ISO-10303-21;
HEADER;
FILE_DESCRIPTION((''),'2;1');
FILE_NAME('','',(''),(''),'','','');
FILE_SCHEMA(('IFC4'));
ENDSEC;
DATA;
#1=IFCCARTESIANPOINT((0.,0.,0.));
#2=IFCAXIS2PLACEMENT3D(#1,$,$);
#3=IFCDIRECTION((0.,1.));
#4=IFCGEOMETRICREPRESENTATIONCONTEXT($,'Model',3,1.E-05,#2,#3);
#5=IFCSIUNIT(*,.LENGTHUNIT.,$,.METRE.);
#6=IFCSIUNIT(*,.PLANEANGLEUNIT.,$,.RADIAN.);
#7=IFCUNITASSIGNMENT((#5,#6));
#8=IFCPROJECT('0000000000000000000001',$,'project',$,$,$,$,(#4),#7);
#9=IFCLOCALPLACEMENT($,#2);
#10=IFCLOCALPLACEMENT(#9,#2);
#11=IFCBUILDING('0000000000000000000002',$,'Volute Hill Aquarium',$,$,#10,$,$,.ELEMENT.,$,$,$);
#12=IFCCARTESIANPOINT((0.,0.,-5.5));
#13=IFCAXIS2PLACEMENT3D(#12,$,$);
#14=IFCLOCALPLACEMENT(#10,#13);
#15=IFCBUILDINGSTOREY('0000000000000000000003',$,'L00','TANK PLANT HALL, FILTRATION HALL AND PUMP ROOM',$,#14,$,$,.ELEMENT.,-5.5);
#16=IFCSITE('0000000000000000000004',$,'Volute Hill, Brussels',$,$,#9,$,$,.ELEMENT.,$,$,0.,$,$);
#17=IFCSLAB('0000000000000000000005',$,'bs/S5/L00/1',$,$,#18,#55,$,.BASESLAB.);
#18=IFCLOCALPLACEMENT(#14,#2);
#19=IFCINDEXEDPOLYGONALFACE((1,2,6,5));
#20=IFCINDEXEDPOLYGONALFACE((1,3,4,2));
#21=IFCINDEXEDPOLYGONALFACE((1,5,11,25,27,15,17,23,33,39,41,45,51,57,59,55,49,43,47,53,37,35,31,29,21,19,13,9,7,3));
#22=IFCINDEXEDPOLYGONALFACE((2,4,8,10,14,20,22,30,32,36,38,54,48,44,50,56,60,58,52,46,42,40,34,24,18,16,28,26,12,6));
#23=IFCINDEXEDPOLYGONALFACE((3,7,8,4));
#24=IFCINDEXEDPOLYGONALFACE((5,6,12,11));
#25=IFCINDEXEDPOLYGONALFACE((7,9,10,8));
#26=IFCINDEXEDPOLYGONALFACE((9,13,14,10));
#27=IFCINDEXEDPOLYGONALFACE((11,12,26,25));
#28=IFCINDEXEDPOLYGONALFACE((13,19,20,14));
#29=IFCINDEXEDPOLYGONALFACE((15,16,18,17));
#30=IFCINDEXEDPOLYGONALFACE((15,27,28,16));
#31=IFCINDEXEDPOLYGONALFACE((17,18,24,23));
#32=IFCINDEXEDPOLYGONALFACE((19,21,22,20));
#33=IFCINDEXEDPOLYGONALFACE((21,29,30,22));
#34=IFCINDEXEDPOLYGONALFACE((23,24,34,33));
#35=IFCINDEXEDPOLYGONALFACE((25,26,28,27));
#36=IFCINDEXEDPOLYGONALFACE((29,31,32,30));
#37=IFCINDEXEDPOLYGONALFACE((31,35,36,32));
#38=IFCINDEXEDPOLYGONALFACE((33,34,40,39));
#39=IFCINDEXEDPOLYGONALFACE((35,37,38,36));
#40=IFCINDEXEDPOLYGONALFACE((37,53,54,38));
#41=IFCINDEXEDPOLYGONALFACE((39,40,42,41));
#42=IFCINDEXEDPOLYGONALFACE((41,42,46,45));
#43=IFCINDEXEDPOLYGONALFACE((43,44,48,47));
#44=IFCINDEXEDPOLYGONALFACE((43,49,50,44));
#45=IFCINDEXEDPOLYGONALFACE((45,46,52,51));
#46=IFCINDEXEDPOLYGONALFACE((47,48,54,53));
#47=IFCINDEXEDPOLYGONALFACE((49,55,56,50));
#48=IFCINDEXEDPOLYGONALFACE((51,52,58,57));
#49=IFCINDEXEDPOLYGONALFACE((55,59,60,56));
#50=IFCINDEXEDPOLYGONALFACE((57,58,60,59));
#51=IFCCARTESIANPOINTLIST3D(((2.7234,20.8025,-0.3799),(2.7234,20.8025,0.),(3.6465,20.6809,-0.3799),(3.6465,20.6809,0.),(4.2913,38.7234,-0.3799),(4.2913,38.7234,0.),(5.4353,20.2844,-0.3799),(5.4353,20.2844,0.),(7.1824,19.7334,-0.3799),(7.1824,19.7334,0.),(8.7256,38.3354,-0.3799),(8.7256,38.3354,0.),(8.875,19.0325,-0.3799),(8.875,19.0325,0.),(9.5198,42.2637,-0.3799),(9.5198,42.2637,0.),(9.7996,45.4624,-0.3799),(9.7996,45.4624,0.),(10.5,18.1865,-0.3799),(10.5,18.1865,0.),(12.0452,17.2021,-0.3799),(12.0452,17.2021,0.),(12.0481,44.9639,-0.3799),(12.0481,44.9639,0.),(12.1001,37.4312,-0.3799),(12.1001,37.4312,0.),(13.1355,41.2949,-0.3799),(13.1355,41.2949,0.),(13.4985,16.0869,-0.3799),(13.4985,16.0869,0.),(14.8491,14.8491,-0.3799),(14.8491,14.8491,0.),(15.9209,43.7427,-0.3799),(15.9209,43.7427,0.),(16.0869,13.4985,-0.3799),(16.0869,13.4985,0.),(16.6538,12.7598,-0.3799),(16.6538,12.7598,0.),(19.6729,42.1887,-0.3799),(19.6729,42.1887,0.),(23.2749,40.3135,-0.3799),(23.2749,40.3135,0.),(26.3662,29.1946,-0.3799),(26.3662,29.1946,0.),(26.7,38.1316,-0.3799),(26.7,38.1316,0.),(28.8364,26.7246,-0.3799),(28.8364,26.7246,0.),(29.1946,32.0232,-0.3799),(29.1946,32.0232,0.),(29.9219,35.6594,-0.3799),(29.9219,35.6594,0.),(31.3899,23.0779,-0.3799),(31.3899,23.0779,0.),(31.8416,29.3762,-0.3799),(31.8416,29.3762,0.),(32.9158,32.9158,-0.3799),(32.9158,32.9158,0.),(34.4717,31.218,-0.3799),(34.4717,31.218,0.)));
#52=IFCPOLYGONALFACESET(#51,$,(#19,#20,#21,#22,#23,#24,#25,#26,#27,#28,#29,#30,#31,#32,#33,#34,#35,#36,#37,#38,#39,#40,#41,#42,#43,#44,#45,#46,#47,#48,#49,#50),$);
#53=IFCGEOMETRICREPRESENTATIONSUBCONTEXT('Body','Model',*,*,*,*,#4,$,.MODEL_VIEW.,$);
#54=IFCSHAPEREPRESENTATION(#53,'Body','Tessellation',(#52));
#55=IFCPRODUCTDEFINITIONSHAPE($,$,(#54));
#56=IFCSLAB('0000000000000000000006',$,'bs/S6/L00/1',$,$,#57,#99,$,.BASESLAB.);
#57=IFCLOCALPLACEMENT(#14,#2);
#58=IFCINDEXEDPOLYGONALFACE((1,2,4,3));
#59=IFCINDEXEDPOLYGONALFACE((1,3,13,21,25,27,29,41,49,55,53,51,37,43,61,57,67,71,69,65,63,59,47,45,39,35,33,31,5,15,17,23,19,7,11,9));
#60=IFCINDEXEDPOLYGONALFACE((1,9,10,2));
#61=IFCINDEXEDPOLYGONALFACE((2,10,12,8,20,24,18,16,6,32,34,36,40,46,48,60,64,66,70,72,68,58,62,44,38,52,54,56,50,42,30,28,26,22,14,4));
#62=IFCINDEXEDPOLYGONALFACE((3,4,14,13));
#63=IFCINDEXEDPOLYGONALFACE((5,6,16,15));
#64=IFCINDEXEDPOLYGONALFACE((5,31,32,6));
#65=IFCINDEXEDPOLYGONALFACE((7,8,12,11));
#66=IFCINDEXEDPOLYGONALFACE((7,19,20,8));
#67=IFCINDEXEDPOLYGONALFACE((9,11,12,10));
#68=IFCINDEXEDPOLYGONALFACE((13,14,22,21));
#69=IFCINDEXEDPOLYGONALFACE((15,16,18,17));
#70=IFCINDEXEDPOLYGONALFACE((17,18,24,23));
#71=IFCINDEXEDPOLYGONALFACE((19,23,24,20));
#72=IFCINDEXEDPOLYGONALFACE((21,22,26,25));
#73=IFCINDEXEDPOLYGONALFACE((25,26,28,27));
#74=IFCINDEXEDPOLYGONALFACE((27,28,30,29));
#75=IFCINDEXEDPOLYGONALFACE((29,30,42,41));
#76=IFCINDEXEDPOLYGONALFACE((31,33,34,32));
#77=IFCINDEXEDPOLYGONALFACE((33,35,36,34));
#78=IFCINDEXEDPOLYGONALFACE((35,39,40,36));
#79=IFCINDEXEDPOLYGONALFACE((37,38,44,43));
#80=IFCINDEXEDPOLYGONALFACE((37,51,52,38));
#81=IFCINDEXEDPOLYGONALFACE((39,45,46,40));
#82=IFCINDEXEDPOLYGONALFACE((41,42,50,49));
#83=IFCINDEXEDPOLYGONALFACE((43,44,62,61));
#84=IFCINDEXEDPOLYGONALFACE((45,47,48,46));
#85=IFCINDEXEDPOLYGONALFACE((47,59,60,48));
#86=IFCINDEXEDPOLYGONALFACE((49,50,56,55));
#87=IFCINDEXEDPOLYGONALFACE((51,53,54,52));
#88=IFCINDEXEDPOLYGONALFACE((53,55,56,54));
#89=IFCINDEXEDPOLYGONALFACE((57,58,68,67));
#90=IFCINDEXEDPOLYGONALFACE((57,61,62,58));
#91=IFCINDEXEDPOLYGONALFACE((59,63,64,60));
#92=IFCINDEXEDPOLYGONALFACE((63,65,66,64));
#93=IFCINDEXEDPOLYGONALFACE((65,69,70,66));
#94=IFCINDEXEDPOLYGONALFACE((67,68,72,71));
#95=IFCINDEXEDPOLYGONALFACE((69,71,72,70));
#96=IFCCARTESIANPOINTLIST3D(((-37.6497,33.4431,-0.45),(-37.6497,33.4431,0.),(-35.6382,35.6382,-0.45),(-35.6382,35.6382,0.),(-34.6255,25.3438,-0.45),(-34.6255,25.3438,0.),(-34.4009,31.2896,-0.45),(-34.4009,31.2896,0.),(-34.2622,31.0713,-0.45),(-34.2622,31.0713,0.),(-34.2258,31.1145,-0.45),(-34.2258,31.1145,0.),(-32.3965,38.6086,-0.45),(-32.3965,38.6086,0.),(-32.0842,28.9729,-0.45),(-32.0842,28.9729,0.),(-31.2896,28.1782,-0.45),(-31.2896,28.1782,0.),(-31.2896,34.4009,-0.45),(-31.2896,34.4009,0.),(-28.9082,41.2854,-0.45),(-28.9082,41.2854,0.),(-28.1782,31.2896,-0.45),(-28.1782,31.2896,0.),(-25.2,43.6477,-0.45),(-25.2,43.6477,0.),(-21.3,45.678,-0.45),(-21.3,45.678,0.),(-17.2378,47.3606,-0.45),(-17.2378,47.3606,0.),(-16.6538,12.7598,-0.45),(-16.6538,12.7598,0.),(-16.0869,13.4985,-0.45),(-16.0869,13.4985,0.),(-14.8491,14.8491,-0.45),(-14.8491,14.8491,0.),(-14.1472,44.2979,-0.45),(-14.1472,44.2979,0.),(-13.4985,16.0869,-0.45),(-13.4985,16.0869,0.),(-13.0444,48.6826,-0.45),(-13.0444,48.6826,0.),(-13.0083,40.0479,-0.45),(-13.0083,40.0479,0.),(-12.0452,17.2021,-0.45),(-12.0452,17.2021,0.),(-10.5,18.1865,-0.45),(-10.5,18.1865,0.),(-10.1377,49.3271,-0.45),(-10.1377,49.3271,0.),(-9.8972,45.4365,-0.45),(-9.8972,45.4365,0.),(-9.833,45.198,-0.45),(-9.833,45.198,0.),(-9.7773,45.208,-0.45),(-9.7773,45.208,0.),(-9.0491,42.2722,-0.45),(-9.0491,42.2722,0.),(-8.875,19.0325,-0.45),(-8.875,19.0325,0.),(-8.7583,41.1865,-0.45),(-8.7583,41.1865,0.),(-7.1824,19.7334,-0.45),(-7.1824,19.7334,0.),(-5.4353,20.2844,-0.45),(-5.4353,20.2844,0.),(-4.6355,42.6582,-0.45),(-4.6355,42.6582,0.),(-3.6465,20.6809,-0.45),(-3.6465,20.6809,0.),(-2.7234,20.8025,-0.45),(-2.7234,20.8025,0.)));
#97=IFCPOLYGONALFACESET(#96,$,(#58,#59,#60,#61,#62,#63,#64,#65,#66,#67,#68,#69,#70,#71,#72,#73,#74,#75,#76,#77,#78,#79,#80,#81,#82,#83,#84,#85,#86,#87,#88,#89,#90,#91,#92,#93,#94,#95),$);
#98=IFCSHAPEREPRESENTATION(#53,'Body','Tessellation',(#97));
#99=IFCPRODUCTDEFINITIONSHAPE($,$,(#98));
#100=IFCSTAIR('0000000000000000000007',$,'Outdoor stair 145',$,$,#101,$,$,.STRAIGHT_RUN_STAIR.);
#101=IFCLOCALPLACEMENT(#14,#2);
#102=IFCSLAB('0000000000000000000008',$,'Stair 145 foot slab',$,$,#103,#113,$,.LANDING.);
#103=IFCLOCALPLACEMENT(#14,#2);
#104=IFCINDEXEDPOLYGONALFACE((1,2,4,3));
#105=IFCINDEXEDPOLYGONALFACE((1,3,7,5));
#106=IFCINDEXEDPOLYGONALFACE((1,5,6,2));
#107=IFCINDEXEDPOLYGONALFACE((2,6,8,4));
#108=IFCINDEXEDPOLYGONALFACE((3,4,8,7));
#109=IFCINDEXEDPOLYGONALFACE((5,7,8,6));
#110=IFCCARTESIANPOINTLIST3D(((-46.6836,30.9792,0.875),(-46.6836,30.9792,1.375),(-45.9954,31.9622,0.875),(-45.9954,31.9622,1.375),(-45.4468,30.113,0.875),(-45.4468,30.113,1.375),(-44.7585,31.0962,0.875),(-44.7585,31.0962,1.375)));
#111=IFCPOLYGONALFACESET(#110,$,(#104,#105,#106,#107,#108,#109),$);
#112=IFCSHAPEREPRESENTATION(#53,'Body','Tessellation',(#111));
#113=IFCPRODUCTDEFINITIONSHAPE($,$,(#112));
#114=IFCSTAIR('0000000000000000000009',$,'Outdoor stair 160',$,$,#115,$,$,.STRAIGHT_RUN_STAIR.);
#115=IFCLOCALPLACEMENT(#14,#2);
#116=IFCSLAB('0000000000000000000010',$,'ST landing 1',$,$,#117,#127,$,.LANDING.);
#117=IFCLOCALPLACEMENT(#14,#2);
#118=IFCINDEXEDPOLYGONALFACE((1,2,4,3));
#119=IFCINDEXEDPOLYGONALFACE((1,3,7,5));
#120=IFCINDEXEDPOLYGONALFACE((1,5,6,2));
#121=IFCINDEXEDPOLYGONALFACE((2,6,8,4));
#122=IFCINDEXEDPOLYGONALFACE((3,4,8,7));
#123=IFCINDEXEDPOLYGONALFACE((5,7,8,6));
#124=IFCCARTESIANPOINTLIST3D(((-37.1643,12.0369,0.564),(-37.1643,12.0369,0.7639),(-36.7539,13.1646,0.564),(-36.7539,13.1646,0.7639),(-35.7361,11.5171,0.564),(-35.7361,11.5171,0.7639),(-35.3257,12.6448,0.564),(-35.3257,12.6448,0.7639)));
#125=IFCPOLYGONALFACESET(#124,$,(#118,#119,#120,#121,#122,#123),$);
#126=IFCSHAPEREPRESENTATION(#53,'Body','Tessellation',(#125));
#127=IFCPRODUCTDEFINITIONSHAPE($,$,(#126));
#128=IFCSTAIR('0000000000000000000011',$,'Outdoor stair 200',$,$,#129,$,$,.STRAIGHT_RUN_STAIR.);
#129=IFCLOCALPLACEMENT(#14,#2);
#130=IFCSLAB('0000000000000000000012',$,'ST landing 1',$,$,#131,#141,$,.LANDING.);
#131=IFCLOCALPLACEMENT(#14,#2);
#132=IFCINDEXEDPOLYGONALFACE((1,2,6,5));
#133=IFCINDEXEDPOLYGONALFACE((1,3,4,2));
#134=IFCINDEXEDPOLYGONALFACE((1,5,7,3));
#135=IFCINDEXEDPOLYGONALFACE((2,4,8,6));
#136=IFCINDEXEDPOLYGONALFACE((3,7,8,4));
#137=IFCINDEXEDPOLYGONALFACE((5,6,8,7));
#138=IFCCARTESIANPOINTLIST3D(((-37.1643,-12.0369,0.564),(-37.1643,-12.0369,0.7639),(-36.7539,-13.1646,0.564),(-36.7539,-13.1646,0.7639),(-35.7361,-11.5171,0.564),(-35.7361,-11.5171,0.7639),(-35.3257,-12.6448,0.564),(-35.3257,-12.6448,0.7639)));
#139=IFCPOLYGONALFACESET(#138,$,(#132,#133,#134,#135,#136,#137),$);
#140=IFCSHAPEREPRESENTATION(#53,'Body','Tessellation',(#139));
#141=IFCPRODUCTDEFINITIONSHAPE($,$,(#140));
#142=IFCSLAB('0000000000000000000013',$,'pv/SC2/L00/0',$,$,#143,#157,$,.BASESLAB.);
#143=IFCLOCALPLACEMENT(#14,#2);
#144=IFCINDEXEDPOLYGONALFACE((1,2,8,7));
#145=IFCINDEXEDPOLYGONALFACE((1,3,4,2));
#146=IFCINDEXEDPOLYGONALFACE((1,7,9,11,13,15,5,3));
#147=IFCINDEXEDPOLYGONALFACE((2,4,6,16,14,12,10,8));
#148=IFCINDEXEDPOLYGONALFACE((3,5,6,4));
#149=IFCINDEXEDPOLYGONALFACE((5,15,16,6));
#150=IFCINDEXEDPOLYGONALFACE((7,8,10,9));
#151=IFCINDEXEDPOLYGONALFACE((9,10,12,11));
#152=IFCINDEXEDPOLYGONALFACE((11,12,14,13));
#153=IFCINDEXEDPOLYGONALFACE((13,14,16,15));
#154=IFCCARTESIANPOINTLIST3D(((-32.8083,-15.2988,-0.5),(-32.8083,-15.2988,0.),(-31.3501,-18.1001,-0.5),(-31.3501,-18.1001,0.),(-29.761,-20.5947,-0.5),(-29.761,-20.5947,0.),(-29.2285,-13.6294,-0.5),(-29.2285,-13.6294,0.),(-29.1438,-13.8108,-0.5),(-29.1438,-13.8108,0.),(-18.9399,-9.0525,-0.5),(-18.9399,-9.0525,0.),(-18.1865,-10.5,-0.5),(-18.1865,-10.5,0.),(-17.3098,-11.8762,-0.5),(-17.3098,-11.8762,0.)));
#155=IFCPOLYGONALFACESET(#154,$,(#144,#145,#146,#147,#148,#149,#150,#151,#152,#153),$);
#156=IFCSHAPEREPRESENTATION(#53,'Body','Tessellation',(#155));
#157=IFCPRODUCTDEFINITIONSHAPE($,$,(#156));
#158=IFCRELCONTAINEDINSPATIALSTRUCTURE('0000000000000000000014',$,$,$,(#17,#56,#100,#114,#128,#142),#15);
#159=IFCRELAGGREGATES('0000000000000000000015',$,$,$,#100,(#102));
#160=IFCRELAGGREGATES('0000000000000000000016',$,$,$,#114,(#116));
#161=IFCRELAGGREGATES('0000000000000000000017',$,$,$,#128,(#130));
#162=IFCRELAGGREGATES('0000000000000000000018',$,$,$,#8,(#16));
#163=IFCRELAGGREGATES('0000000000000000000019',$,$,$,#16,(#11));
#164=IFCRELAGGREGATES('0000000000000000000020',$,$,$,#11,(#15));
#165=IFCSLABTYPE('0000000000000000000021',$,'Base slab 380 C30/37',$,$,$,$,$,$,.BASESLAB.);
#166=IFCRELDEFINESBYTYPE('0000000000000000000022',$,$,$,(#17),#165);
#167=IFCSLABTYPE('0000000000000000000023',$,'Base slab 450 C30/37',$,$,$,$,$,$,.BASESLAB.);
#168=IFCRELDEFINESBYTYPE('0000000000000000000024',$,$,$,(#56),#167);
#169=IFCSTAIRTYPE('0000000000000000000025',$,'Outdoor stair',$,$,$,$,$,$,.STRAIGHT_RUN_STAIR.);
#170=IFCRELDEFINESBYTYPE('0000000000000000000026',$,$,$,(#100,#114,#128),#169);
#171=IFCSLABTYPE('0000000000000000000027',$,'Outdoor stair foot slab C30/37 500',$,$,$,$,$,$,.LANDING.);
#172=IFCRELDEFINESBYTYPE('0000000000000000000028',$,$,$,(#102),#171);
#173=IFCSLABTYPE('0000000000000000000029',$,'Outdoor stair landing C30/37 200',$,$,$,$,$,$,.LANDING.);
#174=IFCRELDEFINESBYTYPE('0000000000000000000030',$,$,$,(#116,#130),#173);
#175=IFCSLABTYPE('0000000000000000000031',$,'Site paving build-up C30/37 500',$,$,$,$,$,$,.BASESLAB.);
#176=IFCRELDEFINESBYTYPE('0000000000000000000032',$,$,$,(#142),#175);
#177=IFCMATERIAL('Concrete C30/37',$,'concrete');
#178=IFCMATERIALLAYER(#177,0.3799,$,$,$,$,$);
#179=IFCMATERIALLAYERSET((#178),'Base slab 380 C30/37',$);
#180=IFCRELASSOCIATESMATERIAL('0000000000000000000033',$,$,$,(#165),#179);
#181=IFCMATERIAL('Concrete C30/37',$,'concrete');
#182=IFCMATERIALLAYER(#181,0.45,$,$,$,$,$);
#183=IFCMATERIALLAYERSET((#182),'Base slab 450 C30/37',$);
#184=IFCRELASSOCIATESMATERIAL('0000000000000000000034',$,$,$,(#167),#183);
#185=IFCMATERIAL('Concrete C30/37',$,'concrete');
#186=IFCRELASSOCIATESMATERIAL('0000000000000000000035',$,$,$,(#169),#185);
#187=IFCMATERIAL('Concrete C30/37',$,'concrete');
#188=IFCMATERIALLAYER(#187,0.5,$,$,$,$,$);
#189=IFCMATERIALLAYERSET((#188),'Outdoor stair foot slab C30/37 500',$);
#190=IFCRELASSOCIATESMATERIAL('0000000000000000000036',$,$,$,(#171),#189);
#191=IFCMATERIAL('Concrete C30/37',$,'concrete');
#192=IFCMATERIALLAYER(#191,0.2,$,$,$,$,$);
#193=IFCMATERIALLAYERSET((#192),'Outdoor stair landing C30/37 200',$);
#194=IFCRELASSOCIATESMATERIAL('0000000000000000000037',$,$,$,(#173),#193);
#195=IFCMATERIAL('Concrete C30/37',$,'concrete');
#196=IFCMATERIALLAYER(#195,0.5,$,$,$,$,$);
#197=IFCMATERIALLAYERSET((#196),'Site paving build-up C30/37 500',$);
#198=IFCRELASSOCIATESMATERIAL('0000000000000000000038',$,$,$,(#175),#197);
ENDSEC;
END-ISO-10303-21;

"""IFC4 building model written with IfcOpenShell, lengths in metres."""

from ifc_helpers import new_model, si_unit, direction, frame, origin, place, context, subcontext, project, spatial, polyline, outline, extrude, material, layer, layer_set, type_object, element, aggregate, save


model = new_model("IFC4")

# Units and contexts
model_context = context("Model", 3, precision=1e-05, world=origin(), true_north=direction((0.0, 1.0)))
body_context = subcontext(model_context, "Body", "Model", "MODEL_VIEW")
ifc_project = project(units=[si_unit("LENGTHUNIT", "METRE"), si_unit("PLANEANGLEUNIT", "RADIAN")], contexts=[model_context])

# Site, building, storey
site_placement = place(None, origin())
site = spatial("IfcSite", under=ifc_project, at=site_placement, Name="Volute Hill, Brussels", CompositionType="ELEMENT", RefElevation=0.0)
building_placement = place(site_placement, origin())
building = spatial("IfcBuilding", under=site, at=building_placement, Name="Volute Hill Aquarium", CompositionType="ELEMENT")
storey_placement = place(building_placement, frame((0.0, 0.0, -5.5)))
storey = spatial("IfcBuildingStorey", under=building, at=storey_placement, Name="L00", Description="TANK PLANT HALL, FILTRATION HALL AND PUMP ROOM", CompositionType="ELEMENT", Elevation=-5.5)

# Slabs
ifc_material_1 = material(Name="Concrete C30/37", Category="concrete")
ifc_layer_1 = layer(ifc_material_1, 0.3799)
ifc_layer_set_1 = layer_set([ifc_layer_1], Name="Base slab 380 C30/37")
slab_type_1 = type_object("IfcSlabType", Name="Base slab 380 C30/37", PredefinedType="BASESLAB", material=ifc_layer_set_1)
slab_1_placement = place(storey_placement, frame((0.0, 0.0, -0.3799)))
element("IfcSlab", 1, at=slab_1_placement, inside=storey, type_object=slab_type_1, Name="bs/S5/L00/1", PredefinedType="BASESLAB", context=body_context, shape_type="SweptSolid", body=[
    extrude(outline(polyline([(4.2913, 38.7234), (8.7256, 38.3354), (12.1001, 37.4312), (13.1355, 41.2949), (9.5198, 42.2637), (9.7996, 45.4624), (12.0481, 44.9639), (15.9209, 43.7427), (19.6729, 42.1887), (23.2749, 40.3135), (26.7, 38.1316), (29.9219, 35.6594), (32.9158, 32.9158), (34.4717, 31.218), (31.8416, 29.3762), (29.1946, 32.0232), (26.3662, 29.1946), (28.8364, 26.7246), (31.3899, 23.0779), (16.6538, 12.7598), (16.0869, 13.4985), (14.8491, 14.8491), (13.4985, 16.0869), (12.0452, 17.2021), (10.5, 18.1865), (8.875, 19.0325), (7.1824, 19.7334), (5.4353, 20.2844), (3.6465, 20.6809), (2.7234, 20.8025), (4.2913, 38.7234)])), origin(), (0.0, 0.0, 1.0), 0.3799),
])
ifc_material_2 = material(Name="Concrete C30/37", Category="concrete")
ifc_layer_2 = layer(ifc_material_2, 0.45)
ifc_layer_set_2 = layer_set([ifc_layer_2], Name="Base slab 450 C30/37")
slab_type_2 = type_object("IfcSlabType", Name="Base slab 450 C30/37", PredefinedType="BASESLAB", material=ifc_layer_set_2)
slab_2_placement = place(storey_placement, frame((0.0, 0.0, -0.45)))
element("IfcSlab", 2, at=slab_2_placement, inside=storey, type_object=slab_type_2, Name="bs/S6/L00/1", PredefinedType="BASESLAB", context=body_context, shape_type="SweptSolid", body=[
    extrude(outline(polyline([(-34.2258, 31.1145), (-34.2622, 31.0713), (-37.6497, 33.4431), (-35.6382, 35.6382), (-32.3965, 38.6086), (-28.9082, 41.2854), (-25.2, 43.6477), (-21.3, 45.678), (-17.2378, 47.3606), (-13.0444, 48.6826), (-10.1377, 49.3271), (-9.7773, 45.208), (-9.833, 45.198), (-9.8972, 45.4365), (-14.1472, 44.2979), (-13.0083, 40.0479), (-8.7583, 41.1865), (-9.0491, 42.2722), (-4.6355, 42.6582), (-2.7234, 20.8025), (-3.6465, 20.6809), (-5.4353, 20.2844), (-7.1824, 19.7334), (-8.875, 19.0325), (-10.5, 18.1865), (-12.0452, 17.2021), (-13.4985, 16.0869), (-14.8491, 14.8491), (-16.0869, 13.4985), (-16.6538, 12.7598), (-34.6255, 25.3438), (-32.0842, 28.9729), (-31.2896, 28.1782), (-28.1782, 31.2896), (-31.2896, 34.4009), (-34.4009, 31.2896), (-34.2258, 31.1145)])), origin(), (0.0, 0.0, 1.0), 0.45),
])

# Stairs, slabs
ifc_material_3 = material(Name="Concrete C30/37", Category="concrete")
stair_type = type_object("IfcStairType", Name="Outdoor stair", PredefinedType="STRAIGHT_RUN_STAIR", material=ifc_material_3)
stair_1_placement = place(storey_placement, origin())
stair_1 = element("IfcStair", 3, at=stair_1_placement, inside=storey, type_object=stair_type, Name="Outdoor stair 145", PredefinedType="STRAIGHT_RUN_STAIR")
ifc_material_4 = material(Name="Concrete C30/37", Category="concrete")
ifc_layer_3 = layer(ifc_material_4, 0.5)
ifc_layer_set_3 = layer_set([ifc_layer_3], Name="Outdoor stair foot slab C30/37 500")
slab_type_3 = type_object("IfcSlabType", Name="Outdoor stair foot slab C30/37 500", PredefinedType="LANDING", material=ifc_layer_set_3)
slab_3_placement = place(storey_placement, frame((0.0, 0.0, 0.875)))
slab_3 = element("IfcSlab", 4, at=slab_3_placement, type_object=slab_type_3, Name="Stair 145 foot slab", PredefinedType="LANDING", context=body_context, shape_type="SweptSolid", body=[
    extrude(outline(polyline([(-44.7585, 31.0962), (-45.9954, 31.9622), (-46.6836, 30.9792), (-45.4468, 30.113), (-44.7585, 31.0962)])), origin(), (0.0, 0.0, 1.0), 0.5),
])
aggregate(stair_1, [slab_3])
stair_2_placement = place(storey_placement, origin())
stair_2 = element("IfcStair", 5, at=stair_2_placement, inside=storey, type_object=stair_type, Name="Outdoor stair 160", PredefinedType="STRAIGHT_RUN_STAIR")
ifc_material_5 = material(Name="Concrete C30/37", Category="concrete")
ifc_layer_4 = layer(ifc_material_5, 0.2)
ifc_layer_set_4 = layer_set([ifc_layer_4], Name="Outdoor stair landing C30/37 200")
slab_type_4 = type_object("IfcSlabType", Name="Outdoor stair landing C30/37 200", PredefinedType="LANDING", material=ifc_layer_set_4)
slab_4_placement = place(storey_placement, frame((0.0, 0.0, 0.564)))
slab_4 = element("IfcSlab", 6, at=slab_4_placement, type_object=slab_type_4, Name="ST landing 1", PredefinedType="LANDING", context=body_context, shape_type="SweptSolid", body=[
    extrude(outline(polyline([(-35.3257, 12.6448), (-36.7539, 13.1646), (-37.1643, 12.0369), (-35.7361, 11.5171), (-35.3257, 12.6448)])), origin(), (0.0, 0.0, 1.0), 0.2),
])
aggregate(stair_2, [slab_4])
stair_3_placement = place(storey_placement, origin())
stair_3 = element("IfcStair", 7, at=stair_3_placement, inside=storey, type_object=stair_type, Name="Outdoor stair 200", PredefinedType="STRAIGHT_RUN_STAIR")
slab_5_placement = place(storey_placement, frame((0.0, 0.0, 0.564)))
slab_5 = element("IfcSlab", 8, at=slab_5_placement, type_object=slab_type_4, Name="ST landing 1", PredefinedType="LANDING", context=body_context, shape_type="SweptSolid", body=[
    extrude(outline(polyline([(-35.7361, -11.5171), (-37.1643, -12.0369), (-36.7539, -13.1646), (-35.3257, -12.6448), (-35.7361, -11.5171)])), origin(), (0.0, 0.0, 1.0), 0.2),
])
aggregate(stair_3, [slab_5])

# Slab
ifc_material_6 = material(Name="Concrete C30/37", Category="concrete")
ifc_layer_5 = layer(ifc_material_6, 0.5)
ifc_layer_set_5 = layer_set([ifc_layer_5], Name="Site paving build-up C30/37 500")
slab_type_5 = type_object("IfcSlabType", Name="Site paving build-up C30/37 500", PredefinedType="BASESLAB", material=ifc_layer_set_5)
slab_6_placement = place(storey_placement, frame((0.0, 0.0, -0.5)))
element("IfcSlab", 9, at=slab_6_placement, inside=storey, type_object=slab_type_5, Name="pv/SC2/L00/0", PredefinedType="BASESLAB", context=body_context, shape_type="SweptSolid", body=[
    extrude(outline(polyline([(-29.2285, -13.6294), (-32.8083, -15.2988), (-31.3501, -18.1001), (-29.761, -20.5947), (-17.3098, -11.8762), (-18.1865, -10.5), (-18.9399, -9.0525), (-29.1438, -13.8108), (-29.2285, -13.6294)])), origin(), (0.0, 0.0, 1.0), 0.5),
])

save(model, "model.ifc")
